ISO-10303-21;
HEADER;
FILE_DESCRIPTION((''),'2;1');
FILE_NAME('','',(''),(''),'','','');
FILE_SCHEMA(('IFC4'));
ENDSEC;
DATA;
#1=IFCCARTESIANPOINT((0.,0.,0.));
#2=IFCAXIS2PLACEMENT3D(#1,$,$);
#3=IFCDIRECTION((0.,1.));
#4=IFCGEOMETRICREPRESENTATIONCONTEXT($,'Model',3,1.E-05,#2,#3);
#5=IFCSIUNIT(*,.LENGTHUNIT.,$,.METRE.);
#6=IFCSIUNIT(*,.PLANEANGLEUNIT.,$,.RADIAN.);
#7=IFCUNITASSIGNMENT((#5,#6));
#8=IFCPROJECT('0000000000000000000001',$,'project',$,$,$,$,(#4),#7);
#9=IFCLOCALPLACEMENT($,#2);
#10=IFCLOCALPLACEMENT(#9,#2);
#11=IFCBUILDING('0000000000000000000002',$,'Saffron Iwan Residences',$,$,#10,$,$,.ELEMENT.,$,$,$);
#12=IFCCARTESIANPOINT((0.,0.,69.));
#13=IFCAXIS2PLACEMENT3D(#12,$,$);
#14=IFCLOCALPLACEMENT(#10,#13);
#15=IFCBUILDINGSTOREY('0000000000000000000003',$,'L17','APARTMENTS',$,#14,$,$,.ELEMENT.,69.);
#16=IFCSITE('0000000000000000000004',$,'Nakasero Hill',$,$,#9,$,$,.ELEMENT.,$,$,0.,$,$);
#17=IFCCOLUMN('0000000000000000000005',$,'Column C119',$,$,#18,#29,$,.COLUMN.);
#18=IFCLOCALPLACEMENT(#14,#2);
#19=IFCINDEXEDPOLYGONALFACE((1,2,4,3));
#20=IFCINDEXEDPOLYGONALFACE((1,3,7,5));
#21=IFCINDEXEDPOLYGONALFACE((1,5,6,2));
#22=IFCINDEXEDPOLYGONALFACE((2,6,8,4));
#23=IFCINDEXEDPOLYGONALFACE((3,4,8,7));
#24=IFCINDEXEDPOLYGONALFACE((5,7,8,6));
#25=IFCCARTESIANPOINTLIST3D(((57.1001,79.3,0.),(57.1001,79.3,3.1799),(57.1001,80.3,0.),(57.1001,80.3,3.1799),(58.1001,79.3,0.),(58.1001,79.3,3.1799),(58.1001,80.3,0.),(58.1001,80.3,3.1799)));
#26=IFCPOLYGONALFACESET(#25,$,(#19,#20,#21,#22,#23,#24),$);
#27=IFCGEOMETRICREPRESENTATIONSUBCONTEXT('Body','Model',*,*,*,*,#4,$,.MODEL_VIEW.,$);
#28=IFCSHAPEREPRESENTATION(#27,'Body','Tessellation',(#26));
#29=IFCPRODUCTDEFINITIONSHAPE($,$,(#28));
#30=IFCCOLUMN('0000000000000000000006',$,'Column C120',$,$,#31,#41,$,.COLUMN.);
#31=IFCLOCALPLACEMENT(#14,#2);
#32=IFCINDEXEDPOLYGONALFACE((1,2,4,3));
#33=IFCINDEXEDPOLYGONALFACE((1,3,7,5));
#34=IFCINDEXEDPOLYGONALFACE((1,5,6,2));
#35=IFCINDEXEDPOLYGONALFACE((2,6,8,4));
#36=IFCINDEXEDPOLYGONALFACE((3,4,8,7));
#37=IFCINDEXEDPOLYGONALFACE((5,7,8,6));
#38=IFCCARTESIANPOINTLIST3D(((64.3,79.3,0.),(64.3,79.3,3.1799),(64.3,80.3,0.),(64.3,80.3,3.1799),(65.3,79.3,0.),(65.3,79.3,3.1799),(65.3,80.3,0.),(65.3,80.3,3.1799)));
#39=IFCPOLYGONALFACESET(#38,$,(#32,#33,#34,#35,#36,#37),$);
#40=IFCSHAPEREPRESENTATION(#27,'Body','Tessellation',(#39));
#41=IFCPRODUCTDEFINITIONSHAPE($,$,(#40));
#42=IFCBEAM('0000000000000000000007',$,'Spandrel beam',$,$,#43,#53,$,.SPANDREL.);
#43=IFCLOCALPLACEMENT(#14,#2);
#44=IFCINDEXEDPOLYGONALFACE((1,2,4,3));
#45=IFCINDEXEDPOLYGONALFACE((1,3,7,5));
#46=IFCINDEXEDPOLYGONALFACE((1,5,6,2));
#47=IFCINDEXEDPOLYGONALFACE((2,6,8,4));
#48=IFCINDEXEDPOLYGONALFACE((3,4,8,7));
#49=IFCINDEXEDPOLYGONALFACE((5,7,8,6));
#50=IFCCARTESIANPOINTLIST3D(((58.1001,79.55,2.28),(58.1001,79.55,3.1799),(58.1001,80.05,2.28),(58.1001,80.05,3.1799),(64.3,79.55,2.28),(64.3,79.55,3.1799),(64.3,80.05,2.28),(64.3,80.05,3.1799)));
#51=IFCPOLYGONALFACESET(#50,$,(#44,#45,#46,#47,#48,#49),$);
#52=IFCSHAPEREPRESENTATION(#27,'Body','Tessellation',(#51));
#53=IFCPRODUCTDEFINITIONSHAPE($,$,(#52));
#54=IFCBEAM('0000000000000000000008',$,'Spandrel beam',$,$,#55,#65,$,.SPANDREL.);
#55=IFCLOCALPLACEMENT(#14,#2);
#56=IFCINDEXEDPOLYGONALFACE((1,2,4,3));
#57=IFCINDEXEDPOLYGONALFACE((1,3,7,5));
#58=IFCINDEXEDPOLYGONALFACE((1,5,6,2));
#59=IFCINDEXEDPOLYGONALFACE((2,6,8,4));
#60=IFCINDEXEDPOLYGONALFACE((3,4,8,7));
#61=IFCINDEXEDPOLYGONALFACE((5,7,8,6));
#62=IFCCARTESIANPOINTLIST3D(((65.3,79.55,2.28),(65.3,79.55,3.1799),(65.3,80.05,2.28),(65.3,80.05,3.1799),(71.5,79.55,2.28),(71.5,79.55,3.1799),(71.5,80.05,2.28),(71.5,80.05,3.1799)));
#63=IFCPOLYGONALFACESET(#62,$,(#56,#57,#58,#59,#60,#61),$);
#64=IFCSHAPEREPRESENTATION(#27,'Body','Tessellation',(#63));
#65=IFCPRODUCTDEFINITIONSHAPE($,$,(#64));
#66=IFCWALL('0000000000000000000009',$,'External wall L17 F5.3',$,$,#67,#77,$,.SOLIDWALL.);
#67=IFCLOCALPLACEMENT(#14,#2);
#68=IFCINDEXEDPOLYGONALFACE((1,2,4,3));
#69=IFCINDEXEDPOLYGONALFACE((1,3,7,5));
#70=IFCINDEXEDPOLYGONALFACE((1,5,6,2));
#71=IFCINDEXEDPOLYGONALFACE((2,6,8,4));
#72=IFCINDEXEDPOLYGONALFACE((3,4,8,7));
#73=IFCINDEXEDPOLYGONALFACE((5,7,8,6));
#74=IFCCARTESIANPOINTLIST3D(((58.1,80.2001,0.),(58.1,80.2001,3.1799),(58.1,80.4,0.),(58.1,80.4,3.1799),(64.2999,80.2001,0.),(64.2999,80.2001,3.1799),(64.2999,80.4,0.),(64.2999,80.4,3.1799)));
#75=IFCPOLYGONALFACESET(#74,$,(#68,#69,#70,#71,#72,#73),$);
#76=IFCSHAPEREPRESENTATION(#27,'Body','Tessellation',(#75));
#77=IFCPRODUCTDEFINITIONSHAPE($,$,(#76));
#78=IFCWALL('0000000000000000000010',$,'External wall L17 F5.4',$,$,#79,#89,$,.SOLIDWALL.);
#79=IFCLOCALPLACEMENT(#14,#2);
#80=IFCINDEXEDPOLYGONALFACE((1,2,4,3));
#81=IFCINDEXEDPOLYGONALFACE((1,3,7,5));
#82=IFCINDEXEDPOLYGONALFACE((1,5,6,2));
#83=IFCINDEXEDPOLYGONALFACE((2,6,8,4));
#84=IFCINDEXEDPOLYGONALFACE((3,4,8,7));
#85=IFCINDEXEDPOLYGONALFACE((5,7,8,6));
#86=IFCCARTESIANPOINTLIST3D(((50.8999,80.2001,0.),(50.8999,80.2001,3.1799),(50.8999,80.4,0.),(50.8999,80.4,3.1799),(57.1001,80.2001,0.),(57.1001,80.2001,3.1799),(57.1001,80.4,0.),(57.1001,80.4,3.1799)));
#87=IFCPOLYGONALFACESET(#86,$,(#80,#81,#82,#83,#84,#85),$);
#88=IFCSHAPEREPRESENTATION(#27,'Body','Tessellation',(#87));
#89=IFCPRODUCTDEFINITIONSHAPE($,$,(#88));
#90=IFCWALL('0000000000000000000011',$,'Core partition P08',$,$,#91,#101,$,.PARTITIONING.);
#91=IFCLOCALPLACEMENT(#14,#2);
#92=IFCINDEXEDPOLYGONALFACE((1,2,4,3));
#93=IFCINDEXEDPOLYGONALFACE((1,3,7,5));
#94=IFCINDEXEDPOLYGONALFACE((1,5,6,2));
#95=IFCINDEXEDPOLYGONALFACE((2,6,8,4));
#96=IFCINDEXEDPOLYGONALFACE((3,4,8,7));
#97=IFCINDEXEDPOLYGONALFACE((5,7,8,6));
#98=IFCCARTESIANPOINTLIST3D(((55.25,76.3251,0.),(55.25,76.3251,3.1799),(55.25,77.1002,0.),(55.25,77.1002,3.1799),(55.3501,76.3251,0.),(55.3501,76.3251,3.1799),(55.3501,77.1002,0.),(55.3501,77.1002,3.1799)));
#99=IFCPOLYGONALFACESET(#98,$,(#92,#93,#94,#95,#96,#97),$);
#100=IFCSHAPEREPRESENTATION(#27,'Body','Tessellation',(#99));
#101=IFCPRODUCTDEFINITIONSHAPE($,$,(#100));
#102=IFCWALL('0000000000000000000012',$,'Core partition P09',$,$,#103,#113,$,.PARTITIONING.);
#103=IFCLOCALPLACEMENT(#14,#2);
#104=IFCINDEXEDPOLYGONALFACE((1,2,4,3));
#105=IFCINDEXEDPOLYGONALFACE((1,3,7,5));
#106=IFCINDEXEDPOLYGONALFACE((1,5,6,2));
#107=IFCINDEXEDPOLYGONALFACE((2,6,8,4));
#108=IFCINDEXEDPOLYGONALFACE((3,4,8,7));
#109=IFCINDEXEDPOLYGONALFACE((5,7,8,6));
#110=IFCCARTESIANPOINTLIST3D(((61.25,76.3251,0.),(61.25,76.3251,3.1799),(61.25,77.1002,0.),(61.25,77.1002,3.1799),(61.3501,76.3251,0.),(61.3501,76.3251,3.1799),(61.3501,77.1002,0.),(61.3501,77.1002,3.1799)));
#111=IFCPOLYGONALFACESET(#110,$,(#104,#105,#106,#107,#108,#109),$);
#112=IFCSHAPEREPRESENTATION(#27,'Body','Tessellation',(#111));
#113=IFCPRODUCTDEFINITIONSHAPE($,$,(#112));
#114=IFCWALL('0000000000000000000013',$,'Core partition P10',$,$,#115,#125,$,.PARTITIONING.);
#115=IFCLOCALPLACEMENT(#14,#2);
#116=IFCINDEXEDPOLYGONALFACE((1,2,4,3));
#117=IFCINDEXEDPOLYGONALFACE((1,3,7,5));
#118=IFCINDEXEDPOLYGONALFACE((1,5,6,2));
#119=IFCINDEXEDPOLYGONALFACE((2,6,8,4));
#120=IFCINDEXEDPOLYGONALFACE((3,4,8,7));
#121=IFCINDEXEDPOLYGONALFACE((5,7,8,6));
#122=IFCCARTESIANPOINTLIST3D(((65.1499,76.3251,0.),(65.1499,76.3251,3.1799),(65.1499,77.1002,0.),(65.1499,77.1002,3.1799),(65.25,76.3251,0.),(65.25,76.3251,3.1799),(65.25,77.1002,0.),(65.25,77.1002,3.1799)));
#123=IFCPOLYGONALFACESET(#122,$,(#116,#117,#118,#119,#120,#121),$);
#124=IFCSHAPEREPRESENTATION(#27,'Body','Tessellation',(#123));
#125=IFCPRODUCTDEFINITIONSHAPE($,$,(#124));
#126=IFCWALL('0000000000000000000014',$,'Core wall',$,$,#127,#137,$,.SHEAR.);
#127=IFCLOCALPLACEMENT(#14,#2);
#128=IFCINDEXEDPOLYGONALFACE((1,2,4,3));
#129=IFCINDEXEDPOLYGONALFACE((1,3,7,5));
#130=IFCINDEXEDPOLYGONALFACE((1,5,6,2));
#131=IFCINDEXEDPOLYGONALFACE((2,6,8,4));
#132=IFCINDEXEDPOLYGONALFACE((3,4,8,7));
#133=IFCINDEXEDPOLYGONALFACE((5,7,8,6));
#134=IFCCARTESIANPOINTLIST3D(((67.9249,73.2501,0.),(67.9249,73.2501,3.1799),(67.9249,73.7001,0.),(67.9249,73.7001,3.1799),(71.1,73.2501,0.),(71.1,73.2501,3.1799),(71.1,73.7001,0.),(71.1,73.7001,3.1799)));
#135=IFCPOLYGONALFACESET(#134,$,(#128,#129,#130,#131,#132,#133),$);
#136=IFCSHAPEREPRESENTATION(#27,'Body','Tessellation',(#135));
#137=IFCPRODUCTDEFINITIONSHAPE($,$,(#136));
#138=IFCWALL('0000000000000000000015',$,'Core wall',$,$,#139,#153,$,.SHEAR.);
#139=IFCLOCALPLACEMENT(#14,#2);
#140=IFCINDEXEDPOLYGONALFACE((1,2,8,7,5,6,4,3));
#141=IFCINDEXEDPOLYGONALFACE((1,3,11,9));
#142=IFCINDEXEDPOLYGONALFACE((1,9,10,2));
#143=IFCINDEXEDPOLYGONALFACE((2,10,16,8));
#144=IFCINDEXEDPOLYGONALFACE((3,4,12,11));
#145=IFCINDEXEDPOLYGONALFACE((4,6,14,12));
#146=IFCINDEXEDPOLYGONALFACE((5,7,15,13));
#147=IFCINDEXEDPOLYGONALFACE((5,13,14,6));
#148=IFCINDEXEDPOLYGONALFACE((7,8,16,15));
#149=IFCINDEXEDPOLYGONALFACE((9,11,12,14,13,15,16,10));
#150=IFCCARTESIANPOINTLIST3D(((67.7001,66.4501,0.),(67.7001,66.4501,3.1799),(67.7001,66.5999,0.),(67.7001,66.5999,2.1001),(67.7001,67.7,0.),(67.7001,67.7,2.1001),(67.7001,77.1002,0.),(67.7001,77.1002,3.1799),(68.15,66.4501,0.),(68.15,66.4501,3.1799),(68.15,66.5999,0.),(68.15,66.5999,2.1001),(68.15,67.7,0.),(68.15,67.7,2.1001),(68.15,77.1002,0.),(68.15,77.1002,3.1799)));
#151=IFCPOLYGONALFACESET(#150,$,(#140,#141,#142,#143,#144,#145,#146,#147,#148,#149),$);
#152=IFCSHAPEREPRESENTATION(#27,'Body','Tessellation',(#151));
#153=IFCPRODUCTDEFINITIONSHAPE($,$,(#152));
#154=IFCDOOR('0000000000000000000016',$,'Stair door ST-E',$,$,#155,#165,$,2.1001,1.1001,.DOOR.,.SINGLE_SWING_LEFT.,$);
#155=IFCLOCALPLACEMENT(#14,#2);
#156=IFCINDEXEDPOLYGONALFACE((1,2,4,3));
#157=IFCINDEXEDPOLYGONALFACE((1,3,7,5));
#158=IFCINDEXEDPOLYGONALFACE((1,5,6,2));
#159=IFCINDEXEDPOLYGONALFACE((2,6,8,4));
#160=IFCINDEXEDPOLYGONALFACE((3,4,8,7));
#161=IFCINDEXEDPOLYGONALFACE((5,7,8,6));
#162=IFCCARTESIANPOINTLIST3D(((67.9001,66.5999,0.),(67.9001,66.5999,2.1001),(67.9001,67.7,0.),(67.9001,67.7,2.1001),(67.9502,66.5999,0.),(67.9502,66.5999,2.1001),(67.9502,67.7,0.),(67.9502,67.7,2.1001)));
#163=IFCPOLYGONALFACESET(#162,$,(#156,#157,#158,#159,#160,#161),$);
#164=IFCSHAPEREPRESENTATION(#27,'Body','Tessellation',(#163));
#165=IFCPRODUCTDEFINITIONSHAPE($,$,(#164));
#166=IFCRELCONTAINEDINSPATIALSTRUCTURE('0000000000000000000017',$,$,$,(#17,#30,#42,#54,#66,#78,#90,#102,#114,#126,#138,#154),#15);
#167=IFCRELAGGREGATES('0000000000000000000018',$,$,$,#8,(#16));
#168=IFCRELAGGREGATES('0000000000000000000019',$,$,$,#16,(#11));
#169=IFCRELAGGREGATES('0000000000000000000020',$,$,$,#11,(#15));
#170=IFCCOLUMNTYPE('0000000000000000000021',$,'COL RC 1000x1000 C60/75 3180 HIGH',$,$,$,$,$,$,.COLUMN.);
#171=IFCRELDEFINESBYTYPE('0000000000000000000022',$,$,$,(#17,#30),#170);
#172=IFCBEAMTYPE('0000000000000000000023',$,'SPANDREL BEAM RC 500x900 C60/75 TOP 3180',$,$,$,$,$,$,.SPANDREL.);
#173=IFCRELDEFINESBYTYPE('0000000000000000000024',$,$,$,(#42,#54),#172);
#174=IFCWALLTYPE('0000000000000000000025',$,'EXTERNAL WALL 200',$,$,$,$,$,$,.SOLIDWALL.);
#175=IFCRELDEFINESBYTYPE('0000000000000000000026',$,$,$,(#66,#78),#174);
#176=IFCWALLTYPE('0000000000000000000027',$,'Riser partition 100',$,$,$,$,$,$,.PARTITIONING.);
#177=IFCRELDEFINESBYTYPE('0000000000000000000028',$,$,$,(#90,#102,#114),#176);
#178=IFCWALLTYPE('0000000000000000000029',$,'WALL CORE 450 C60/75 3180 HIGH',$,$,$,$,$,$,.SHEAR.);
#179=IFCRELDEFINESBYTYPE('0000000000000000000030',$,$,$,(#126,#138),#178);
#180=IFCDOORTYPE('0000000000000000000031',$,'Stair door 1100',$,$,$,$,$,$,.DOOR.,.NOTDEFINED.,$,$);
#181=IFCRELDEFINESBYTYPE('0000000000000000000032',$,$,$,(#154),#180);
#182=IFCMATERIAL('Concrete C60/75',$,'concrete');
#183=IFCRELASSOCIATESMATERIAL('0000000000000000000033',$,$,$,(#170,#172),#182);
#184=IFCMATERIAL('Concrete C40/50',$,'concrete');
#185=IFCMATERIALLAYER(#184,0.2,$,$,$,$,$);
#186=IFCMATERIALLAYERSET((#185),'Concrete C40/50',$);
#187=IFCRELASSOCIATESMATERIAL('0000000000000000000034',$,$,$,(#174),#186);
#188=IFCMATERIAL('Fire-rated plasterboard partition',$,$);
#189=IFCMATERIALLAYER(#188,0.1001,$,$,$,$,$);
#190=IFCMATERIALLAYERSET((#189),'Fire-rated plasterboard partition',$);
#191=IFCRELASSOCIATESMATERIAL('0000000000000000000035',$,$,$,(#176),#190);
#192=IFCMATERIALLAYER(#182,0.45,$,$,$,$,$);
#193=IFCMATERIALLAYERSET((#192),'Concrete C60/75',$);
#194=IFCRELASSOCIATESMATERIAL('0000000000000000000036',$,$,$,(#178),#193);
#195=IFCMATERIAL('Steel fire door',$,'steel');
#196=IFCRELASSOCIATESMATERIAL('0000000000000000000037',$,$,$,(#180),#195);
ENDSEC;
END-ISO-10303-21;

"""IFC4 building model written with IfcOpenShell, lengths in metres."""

from ifc_helpers import new_model, si_unit, direction, frame, frame_2d, origin, origin_2d, place, context, subcontext, project, spatial, rectangle, extrude, source, transform, mapped, material, layer, layer_set, material_profile, profile_set, type_object, element, fill, save


model = new_model("IFC4")

# Units and contexts
model_context = context("Model", 3, precision=1e-05, world=origin(), true_north=direction((0.0, 1.0)))
body_context = subcontext(model_context, "Body", "Model", "MODEL_VIEW")
ifc_project = project(units=[si_unit("LENGTHUNIT", "METRE"), si_unit("PLANEANGLEUNIT", "RADIAN")], contexts=[model_context])

# Site, building, storey
site_placement = place(None, origin())
site = spatial("IfcSite", under=ifc_project, at=site_placement, Name="Nakasero Hill", CompositionType="ELEMENT", RefElevation=0.0)
building_placement = place(site_placement, origin())
building = spatial("IfcBuilding", under=site, at=building_placement, Name="Saffron Iwan Residences", CompositionType="ELEMENT")
storey_placement = place(building_placement, frame((0.0, 0.0, 69.0)))
storey = spatial("IfcBuildingStorey", under=building, at=storey_placement, Name="L17", Description="APARTMENTS", CompositionType="ELEMENT", Elevation=69.0)

# Columns
ifc_material_1 = material(Name="Concrete C60/75", Category="concrete")
ifc_material_profile_1 = material_profile(ifc_material_1, rectangle(XDim=1.0, YDim=1.0, at=origin_2d()), Name="RC 1000x1000")
ifc_profile_set_1 = profile_set([ifc_material_profile_1], Name="Concrete C60/75")
column_type = type_object("IfcColumnType", Name="COL RC 1000x1000 C60/75 3180 HIGH", PredefinedType="COLUMN", material=ifc_profile_set_1)
shared_shape_1 = source(origin(), body_context, "Body", "SweptSolid", [
    extrude(rectangle(XDim=1.0, YDim=1.0, at=origin_2d()), origin(), (0.0, 0.0, 1.0), 3.1799),
])
for number, where, z_axis, x_axis, name in (
    (1, (57.6001, 79.8, 0.0), (0.0, 0.0, 1.0), (1.0, 0.0, 0.0), "Column C119"),
    (2, (64.8, 79.8, 0.0), (0.0, 0.0, 1.0), (1.0, 0.0, 0.0), "Column C120"),
):
    element("IfcColumn", number, at=place(storey_placement, frame(where, z_axis=z_axis, x_axis=x_axis)), inside=storey, type_object=column_type, Name=name, PredefinedType="COLUMN", context=body_context, shape_type="MappedRepresentation", body=[
        mapped(shared_shape_1, transform((0.0, 0.0, 0.0))),
    ])

# Beams
ifc_material_profile_2 = material_profile(ifc_material_1, rectangle(XDim=0.5, YDim=0.8999, at=origin_2d()), Name="RC 500x900")
ifc_profile_set_2 = profile_set([ifc_material_profile_2], Name="Concrete C60/75")
beam_type = type_object("IfcBeamType", Name="SPANDREL BEAM RC 500x900 C60/75 TOP 3180", PredefinedType="SPANDREL", material=ifc_profile_set_2)
shared_shape_2 = source(origin(), body_context, "Body", "SweptSolid", [
    extrude(rectangle(XDim=0.5, YDim=0.8999, at=origin_2d()), origin(), (0.0, 0.0, 1.0), 6.2),
])
for number, where, z_axis, x_axis, name in (
    (3, (58.1001, 79.8, 2.73), (1.0, 0.0, 0.0), (0.0, 1.0, 0.0), "Spandrel beam"),
    (4, (65.3, 79.8, 2.73), (1.0, 0.0, 0.0), (0.0, 1.0, 0.0), "Spandrel beam"),
):
    element("IfcBeam", number, at=place(storey_placement, frame(where, z_axis=z_axis, x_axis=x_axis)), inside=storey, type_object=beam_type, Name=name, PredefinedType="SPANDREL", context=body_context, shape_type="MappedRepresentation", body=[
        mapped(shared_shape_2, transform((0.0, 0.0, 0.0))),
    ])

# Walls
ifc_material_2 = material(Name="Concrete C40/50", Category="concrete")
ifc_layer_1 = layer(ifc_material_2, 0.2)
ifc_layer_set_1 = layer_set([ifc_layer_1], Name="Concrete C40/50")
wall_type_1 = type_object("IfcWallType", Name="EXTERNAL WALL 200", PredefinedType="SOLIDWALL", material=ifc_layer_set_1)
wall_1_placement = place(storey_placement, frame((64.3, 80.3, 0.0), z_axis=(0.0, 0.0, 1.0), x_axis=(-1.0, 0.0, 0.0)))
element("IfcWall", 5, at=wall_1_placement, inside=storey, type_object=wall_type_1, Name="External wall L17 F5.3", PredefinedType="SOLIDWALL", context=body_context, shape_type="SweptSolid", body=[
    extrude(rectangle(XDim=6.2, YDim=0.2, at=frame_2d((3.1001, 0.0))), origin(), (0.0, 0.0, 1.0), 3.1799),
])
wall_2_placement = place(storey_placement, frame((57.1001, 80.3, 0.0), z_axis=(0.0, 0.0, 1.0), x_axis=(-1.0, 0.0, 0.0)))
element("IfcWall", 6, at=wall_2_placement, inside=storey, type_object=wall_type_1, Name="External wall L17 F5.4", PredefinedType="SOLIDWALL", context=body_context, shape_type="SweptSolid", body=[
    extrude(rectangle(XDim=6.2002, YDim=0.2, at=frame_2d((3.1001, 0.0))), origin(), (0.0, 0.0, 1.0), 3.1799),
])
ifc_material_3 = material(Name="Fire-rated plasterboard partition")
ifc_layer_2 = layer(ifc_material_3, 0.1001)
ifc_layer_set_2 = layer_set([ifc_layer_2], Name="Fire-rated plasterboard partition")
wall_type_2 = type_object("IfcWallType", Name="Riser partition 100", PredefinedType="PARTITIONING", material=ifc_layer_set_2)
for number, where, z_axis, x_axis, name in (
    (7, (55.3, 76.325, 0.0), (0.0, 0.0, 1.0), (0.0, 1.0, 0.0), "Core partition P08"),
    (8, (61.3, 76.325, 0.0), (0.0, 0.0, 1.0), (0.0, 1.0, 0.0), "Core partition P09"),
    (9, (65.2, 76.325, 0.0), (0.0, 0.0, 1.0), (0.0, 1.0, 0.0), "Core partition P10"),
):
    element("IfcWall", number, at=place(storey_placement, frame(where, z_axis=z_axis, x_axis=x_axis)), inside=storey, type_object=wall_type_2, Name=name, PredefinedType="PARTITIONING", context=body_context, shape_type="SweptSolid", body=[
        extrude(rectangle(XDim=0.7751, YDim=0.1001, at=frame_2d((0.3877, 0.0))), origin(), (0.0, 0.0, 1.0), 3.1799),
    ])
ifc_layer_3 = layer(ifc_material_1, 0.45)
ifc_layer_set_3 = layer_set([ifc_layer_3], Name="Concrete C60/75")
wall_type_3 = type_object("IfcWallType", Name="WALL CORE 450 C60/75 3180 HIGH", PredefinedType="SHEAR", material=ifc_layer_set_3)
wall_3_placement = place(storey_placement, frame((67.925, 73.4751, 0.0), z_axis=(0.0, 0.0, 1.0), x_axis=(1.0, 0.0, 0.0)))
element("IfcWall", 10, at=wall_3_placement, inside=storey, type_object=wall_type_3, Name="Core wall", PredefinedType="SHEAR", context=body_context, shape_type="SweptSolid", body=[
    extrude(rectangle(XDim=3.175, YDim=0.45, at=frame_2d((1.5874, 0.0))), origin(), (0.0, 0.0, 1.0), 3.1799),
])

# Wall, opening, door
wall_4_placement = place(storey_placement, frame((67.925, 66.45, 0.0), z_axis=(0.0, 0.0, 1.0), x_axis=(0.0, 1.0, 0.0)))
wall_4 = element("IfcWall", 11, at=wall_4_placement, inside=storey, type_object=wall_type_3, Name="Core wall", PredefinedType="SHEAR", context=body_context, shape_type="SweptSolid", body=[
    extrude(rectangle(XDim=10.6501, YDim=0.45, at=frame_2d((5.3252, 0.0))), origin(), (0.0, 0.0, 1.0), 3.1799),
])
opening_1_placement = place(wall_4_placement, frame((0.1499, 0.0, 0.0)))
opening_1 = element("IfcOpeningElement", 12, at=opening_1_placement, cuts=wall_4, PredefinedType="OPENING", context=body_context, shape_type="SweptSolid", body=[
    extrude(rectangle(XDim=1.1001, YDim=2.1001, at=frame_2d((0.55, 1.05))), frame((0.0, 0.2349, 0.0), z_axis=(0.0, -1.0, 0.0), x_axis=(1.0, 0.0, 0.0)), (0.0, 0.0, 1.0), 0.47),
])
ifc_material_4 = material(Name="Steel fire door", Category="steel")
door_type_1 = type_object("IfcDoorType", Name="Stair door 1100", OperationType="NOTDEFINED", PredefinedType="DOOR", material=ifc_material_4)
door_1_placement = place(opening_1_placement, origin())
door_1 = element("IfcDoor", 13, at=door_1_placement, inside=storey, type_object=door_type_1, Name="Stair door ST-E", OperationType="SINGLE_SWING_LEFT", OverallHeight=2.1001, OverallWidth=1.1001, PredefinedType="DOOR", context=body_context, shape_type="SweptSolid", body=[
    extrude(rectangle(XDim=1.1001, YDim=2.1001, at=frame_2d((0.55, 1.05))), frame((0.0, 0.0249, 0.0), z_axis=(0.0, -1.0, 0.0), x_axis=(1.0, 0.0, 0.0)), (0.0, 0.0, 1.0), 0.05),
])
fill(opening_1, door_1)

save(model, "model.ifc")
